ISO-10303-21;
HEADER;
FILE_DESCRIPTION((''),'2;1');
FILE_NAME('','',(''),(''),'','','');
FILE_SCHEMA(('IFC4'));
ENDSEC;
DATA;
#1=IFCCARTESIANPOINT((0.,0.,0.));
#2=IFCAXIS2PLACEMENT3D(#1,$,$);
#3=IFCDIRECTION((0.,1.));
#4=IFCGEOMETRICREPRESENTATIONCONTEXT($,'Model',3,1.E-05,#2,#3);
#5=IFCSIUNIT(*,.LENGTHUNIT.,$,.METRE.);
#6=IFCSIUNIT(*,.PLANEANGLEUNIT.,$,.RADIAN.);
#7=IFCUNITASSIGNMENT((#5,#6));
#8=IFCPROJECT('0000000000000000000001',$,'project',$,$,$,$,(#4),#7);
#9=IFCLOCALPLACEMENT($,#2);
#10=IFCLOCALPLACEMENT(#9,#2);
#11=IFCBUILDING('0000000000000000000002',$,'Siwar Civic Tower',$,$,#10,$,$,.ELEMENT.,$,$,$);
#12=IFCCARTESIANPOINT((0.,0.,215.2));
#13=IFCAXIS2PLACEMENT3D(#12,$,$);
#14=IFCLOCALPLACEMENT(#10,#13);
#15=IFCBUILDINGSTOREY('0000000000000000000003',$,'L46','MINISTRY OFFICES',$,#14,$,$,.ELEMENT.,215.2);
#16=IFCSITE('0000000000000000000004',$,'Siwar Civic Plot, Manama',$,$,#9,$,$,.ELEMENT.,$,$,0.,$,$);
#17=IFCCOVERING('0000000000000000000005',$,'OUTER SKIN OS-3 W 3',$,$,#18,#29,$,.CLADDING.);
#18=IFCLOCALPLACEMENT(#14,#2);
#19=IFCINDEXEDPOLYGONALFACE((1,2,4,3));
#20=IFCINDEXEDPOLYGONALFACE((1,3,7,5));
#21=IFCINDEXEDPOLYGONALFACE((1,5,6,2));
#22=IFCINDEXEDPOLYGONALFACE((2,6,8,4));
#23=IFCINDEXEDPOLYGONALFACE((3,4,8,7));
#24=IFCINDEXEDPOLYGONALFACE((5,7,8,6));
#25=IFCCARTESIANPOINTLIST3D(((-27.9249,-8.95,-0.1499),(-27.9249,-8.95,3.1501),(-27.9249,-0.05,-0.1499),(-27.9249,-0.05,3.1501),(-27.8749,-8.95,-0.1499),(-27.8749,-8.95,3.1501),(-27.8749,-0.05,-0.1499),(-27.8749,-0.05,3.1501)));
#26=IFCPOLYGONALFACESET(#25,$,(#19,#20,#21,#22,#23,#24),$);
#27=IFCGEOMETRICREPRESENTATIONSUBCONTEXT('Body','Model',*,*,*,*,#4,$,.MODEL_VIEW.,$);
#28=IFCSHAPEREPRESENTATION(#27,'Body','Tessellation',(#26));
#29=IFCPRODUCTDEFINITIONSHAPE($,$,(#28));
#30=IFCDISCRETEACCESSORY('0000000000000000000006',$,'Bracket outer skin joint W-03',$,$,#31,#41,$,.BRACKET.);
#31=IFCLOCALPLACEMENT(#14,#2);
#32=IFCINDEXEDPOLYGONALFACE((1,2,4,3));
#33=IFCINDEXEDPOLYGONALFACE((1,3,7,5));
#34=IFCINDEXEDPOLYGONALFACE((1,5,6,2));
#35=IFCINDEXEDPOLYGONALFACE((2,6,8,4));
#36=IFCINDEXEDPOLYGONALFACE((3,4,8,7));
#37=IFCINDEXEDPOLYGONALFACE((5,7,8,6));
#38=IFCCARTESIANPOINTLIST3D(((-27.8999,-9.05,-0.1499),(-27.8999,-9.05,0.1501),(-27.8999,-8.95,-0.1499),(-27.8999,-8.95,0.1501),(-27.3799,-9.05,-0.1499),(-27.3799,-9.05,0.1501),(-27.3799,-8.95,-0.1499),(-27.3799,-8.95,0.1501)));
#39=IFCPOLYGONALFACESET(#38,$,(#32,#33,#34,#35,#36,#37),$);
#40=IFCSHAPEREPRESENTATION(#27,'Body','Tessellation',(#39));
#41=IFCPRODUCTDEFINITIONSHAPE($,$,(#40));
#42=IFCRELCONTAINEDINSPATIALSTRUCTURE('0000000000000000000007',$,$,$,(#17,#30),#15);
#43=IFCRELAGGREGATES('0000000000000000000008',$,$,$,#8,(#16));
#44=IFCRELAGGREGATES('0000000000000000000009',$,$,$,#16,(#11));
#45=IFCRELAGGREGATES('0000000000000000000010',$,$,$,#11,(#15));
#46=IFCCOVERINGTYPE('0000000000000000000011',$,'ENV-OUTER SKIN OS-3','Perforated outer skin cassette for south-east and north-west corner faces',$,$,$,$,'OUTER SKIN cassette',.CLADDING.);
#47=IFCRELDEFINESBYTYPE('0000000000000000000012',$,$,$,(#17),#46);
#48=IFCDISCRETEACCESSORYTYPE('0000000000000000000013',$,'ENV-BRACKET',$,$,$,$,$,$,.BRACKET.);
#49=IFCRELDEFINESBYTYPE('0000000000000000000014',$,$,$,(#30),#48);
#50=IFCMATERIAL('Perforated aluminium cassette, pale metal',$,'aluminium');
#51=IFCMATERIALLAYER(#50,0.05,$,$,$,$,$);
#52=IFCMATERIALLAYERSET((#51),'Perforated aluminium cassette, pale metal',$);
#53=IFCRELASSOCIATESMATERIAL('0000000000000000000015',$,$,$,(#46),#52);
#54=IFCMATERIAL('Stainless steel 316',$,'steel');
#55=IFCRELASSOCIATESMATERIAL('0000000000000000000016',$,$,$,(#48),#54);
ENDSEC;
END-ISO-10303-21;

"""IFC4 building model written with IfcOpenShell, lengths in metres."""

from ifc_helpers import new_model, si_unit, direction, frame, origin, origin_2d, place, context, subcontext, project, spatial, rectangle, extrude, material, layer, layer_set, type_object, element, save


model = new_model("IFC4")

# Units and contexts
model_context = context("Model", 3, precision=1e-05, world=origin(), true_north=direction((0.0, 1.0)))
body_context = subcontext(model_context, "Body", "Model", "MODEL_VIEW")
ifc_project = project(units=[si_unit("LENGTHUNIT", "METRE"), si_unit("PLANEANGLEUNIT", "RADIAN")], contexts=[model_context])

# Site, building, storey
site_placement = place(None, origin())
site = spatial("IfcSite", under=ifc_project, at=site_placement, Name="Siwar Civic Plot, Manama", CompositionType="ELEMENT", RefElevation=0.0)
building_placement = place(site_placement, origin())
building = spatial("IfcBuilding", under=site, at=building_placement, Name="Siwar Civic Tower", CompositionType="ELEMENT")
storey_placement = place(building_placement, frame((0.0, 0.0, 215.2)))
storey = spatial("IfcBuildingStorey", under=building, at=storey_placement, Name="L46", Description="MINISTRY OFFICES", CompositionType="ELEMENT", Elevation=215.2)

# Covering
ifc_material_1 = material(Name="Perforated aluminium cassette, pale metal", Category="aluminium")
ifc_layer_1 = layer(ifc_material_1, 0.05)
ifc_layer_set_1 = layer_set([ifc_layer_1], Name="Perforated aluminium cassette, pale metal")
covering_type = type_object("IfcCoveringType", Name="ENV-OUTER SKIN OS-3", Description="Perforated outer skin cassette for south-east and north-west corner faces", ElementType="OUTER SKIN cassette", PredefinedType="CLADDING", material=ifc_layer_set_1)
covering_placement = place(storey_placement, frame((-27.8999, -4.5, -0.1499), z_axis=(0.0, 0.0, 1.0), x_axis=(0.0, -1.0, 0.0)))
element("IfcCovering", 1, at=covering_placement, inside=storey, type_object=covering_type, Name="OUTER SKIN OS-3 W 3", PredefinedType="CLADDING", context=body_context, shape_type="SweptSolid", body=[
    extrude(rectangle(XDim=8.8999, YDim=0.05, at=origin_2d()), origin(), (0.0, 0.0, 1.0), 3.3),
])

# Discrete accessory
ifc_material_2 = material(Name="Stainless steel 316", Category="steel")
discrete_accessory_type = type_object("IfcDiscreteAccessoryType", Name="ENV-BRACKET", PredefinedType="BRACKET", material=ifc_material_2)
discrete_accessory_placement = place(storey_placement, frame((-27.6399, -9.0, -0.1499), z_axis=(0.0, 0.0, 1.0), x_axis=(-1.0, 0.0, 0.0)))
element("IfcDiscreteAccessory", 2, at=discrete_accessory_placement, inside=storey, type_object=discrete_accessory_type, Name="Bracket outer skin joint W-03", PredefinedType="BRACKET", context=body_context, shape_type="SweptSolid", body=[
    extrude(rectangle(XDim=0.52, YDim=0.1001, at=origin_2d()), origin(), (0.0, 0.0, 1.0), 0.3),
])

save(model, "model.ifc")
